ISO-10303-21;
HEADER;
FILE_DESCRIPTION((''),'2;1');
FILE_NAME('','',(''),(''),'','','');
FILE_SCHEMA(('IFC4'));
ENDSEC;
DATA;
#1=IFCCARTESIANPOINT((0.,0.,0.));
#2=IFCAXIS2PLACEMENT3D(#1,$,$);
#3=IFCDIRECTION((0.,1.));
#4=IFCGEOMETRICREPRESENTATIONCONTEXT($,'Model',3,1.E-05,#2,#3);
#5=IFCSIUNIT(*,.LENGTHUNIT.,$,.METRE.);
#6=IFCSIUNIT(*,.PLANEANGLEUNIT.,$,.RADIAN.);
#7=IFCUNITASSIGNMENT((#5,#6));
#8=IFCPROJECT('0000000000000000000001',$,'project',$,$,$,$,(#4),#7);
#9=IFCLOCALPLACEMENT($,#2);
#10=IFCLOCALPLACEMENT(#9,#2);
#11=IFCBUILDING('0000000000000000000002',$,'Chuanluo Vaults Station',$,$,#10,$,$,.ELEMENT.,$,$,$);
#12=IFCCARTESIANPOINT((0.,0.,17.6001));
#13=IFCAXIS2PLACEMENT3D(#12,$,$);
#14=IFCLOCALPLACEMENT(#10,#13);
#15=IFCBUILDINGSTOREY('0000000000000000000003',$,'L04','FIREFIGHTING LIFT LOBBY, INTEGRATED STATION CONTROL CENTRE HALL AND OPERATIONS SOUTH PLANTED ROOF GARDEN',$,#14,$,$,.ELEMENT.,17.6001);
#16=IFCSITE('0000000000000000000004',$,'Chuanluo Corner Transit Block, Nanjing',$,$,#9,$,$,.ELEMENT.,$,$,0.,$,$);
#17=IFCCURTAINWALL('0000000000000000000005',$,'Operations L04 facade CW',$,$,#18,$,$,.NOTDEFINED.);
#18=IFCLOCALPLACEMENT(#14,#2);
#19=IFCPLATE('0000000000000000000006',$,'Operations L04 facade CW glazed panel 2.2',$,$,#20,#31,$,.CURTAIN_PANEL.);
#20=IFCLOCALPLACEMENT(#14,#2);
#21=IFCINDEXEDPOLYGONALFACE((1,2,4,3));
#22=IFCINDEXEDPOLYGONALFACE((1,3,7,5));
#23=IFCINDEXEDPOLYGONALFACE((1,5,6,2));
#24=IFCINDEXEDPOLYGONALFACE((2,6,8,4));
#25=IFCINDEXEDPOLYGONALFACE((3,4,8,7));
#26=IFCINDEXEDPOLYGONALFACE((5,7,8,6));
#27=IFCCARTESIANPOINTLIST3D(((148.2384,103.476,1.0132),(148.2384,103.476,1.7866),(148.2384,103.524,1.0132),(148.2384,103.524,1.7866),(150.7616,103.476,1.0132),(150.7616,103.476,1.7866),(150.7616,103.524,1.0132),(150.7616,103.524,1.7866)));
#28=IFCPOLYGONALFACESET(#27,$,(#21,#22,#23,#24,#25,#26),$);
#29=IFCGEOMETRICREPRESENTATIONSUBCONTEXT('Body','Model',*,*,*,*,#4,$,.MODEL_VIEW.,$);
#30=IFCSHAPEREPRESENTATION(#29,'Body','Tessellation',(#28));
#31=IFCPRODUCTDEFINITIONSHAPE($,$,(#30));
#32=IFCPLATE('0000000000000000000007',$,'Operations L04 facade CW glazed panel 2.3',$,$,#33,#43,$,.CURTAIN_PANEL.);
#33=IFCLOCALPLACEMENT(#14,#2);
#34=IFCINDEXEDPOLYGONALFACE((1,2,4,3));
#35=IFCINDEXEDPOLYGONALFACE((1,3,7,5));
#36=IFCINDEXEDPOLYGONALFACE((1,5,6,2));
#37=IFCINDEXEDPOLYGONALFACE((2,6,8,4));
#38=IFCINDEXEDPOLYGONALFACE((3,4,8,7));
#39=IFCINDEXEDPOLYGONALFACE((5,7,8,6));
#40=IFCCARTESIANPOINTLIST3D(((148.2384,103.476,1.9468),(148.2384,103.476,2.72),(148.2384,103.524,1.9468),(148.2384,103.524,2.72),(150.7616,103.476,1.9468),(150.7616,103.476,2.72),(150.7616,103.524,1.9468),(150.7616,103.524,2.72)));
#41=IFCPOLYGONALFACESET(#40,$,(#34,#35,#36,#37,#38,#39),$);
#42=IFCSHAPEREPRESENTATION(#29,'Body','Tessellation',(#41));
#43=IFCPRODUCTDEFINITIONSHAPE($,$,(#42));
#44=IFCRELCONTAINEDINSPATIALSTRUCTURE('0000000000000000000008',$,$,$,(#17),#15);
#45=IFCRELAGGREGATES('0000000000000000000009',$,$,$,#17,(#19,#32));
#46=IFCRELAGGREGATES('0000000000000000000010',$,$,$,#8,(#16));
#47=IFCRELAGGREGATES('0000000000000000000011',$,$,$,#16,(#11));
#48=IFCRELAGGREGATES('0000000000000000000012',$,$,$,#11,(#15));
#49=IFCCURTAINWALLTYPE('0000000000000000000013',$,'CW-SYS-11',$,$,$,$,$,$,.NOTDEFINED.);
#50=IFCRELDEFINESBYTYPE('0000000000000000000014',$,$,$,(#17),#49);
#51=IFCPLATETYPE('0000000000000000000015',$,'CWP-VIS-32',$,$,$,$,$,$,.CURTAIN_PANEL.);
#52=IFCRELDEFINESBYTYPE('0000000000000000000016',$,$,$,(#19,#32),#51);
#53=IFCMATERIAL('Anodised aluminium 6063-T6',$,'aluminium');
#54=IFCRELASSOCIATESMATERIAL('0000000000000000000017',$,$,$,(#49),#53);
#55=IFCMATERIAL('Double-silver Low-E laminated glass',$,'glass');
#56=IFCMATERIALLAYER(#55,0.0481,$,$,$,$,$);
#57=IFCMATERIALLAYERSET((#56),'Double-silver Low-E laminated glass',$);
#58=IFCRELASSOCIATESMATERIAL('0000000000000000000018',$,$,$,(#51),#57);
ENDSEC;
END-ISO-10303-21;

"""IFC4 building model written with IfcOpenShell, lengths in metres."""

from ifc_helpers import new_model, si_unit, direction, frame, origin, origin_2d, place, context, subcontext, project, spatial, rectangle, extrude, material, layer, layer_set, type_object, element, aggregate, save


model = new_model("IFC4")

# Units and contexts
model_context = context("Model", 3, precision=1e-05, world=origin(), true_north=direction((0.0, 1.0)))
body_context = subcontext(model_context, "Body", "Model", "MODEL_VIEW")
ifc_project = project(units=[si_unit("LENGTHUNIT", "METRE"), si_unit("PLANEANGLEUNIT", "RADIAN")], contexts=[model_context])

# Site, building, storey
site_placement = place(None, origin())
site = spatial("IfcSite", under=ifc_project, at=site_placement, Name="Chuanluo Corner Transit Block, Nanjing", CompositionType="ELEMENT", RefElevation=0.0)
building_placement = place(site_placement, origin())
building = spatial("IfcBuilding", under=site, at=building_placement, Name="Chuanluo Vaults Station", CompositionType="ELEMENT")
storey_placement = place(building_placement, frame((0.0, 0.0, 17.6001)))
storey = spatial("IfcBuildingStorey", under=building, at=storey_placement, Name="L04", Description="FIREFIGHTING LIFT LOBBY, INTEGRATED STATION CONTROL CENTRE HALL AND OPERATIONS SOUTH PLANTED ROOF GARDEN", CompositionType="ELEMENT", Elevation=17.6001)

# Curtain wall, plates
ifc_material_1 = material(Name="Anodised aluminium 6063-T6", Category="aluminium")
curtain_wall_type = type_object("IfcCurtainWallType", Name="CW-SYS-11", PredefinedType="NOTDEFINED", material=ifc_material_1)
curtain_wall_placement = place(storey_placement, origin())
curtain_wall = element("IfcCurtainWall", 1, at=curtain_wall_placement, inside=storey, type_object=curtain_wall_type, Name="Operations L04 facade CW", PredefinedType="NOTDEFINED")
ifc_material_2 = material(Name="Double-silver Low-E laminated glass", Category="glass")
ifc_layer_1 = layer(ifc_material_2, 0.0481)
ifc_layer_set_1 = layer_set([ifc_layer_1], Name="Double-silver Low-E laminated glass")
plate_type_1 = type_object("IfcPlateType", Name="CWP-VIS-32", PredefinedType="CURTAIN_PANEL", material=ifc_layer_set_1)
plate_1_placement = place(storey_placement, frame((149.5, 103.5, 1.0132), z_axis=(0.0, 0.0, 1.0), x_axis=(-1.0, 0.0, 0.0)))
plate_1 = element("IfcPlate", 2, at=plate_1_placement, type_object=plate_type_1, Name="Operations L04 facade CW glazed panel 2.2", PredefinedType="CURTAIN_PANEL", context=body_context, shape_type="SweptSolid", body=[
    extrude(rectangle(XDim=2.5232, YDim=0.0481, at=origin_2d()), origin(), (0.0, 0.0, 1.0), 0.7734),
])
plate_2_placement = place(storey_placement, frame((149.5, 103.5, 1.9468), z_axis=(0.0, 0.0, 1.0), x_axis=(-1.0, 0.0, 0.0)))
plate_2 = element("IfcPlate", 3, at=plate_2_placement, type_object=plate_type_1, Name="Operations L04 facade CW glazed panel 2.3", PredefinedType="CURTAIN_PANEL", context=body_context, shape_type="SweptSolid", body=[
    extrude(rectangle(XDim=2.5232, YDim=0.0481, at=origin_2d()), origin(), (0.0, 0.0, 1.0), 0.7732),
])
aggregate(curtain_wall, [plate_1, plate_2])

save(model, "model.ifc")
